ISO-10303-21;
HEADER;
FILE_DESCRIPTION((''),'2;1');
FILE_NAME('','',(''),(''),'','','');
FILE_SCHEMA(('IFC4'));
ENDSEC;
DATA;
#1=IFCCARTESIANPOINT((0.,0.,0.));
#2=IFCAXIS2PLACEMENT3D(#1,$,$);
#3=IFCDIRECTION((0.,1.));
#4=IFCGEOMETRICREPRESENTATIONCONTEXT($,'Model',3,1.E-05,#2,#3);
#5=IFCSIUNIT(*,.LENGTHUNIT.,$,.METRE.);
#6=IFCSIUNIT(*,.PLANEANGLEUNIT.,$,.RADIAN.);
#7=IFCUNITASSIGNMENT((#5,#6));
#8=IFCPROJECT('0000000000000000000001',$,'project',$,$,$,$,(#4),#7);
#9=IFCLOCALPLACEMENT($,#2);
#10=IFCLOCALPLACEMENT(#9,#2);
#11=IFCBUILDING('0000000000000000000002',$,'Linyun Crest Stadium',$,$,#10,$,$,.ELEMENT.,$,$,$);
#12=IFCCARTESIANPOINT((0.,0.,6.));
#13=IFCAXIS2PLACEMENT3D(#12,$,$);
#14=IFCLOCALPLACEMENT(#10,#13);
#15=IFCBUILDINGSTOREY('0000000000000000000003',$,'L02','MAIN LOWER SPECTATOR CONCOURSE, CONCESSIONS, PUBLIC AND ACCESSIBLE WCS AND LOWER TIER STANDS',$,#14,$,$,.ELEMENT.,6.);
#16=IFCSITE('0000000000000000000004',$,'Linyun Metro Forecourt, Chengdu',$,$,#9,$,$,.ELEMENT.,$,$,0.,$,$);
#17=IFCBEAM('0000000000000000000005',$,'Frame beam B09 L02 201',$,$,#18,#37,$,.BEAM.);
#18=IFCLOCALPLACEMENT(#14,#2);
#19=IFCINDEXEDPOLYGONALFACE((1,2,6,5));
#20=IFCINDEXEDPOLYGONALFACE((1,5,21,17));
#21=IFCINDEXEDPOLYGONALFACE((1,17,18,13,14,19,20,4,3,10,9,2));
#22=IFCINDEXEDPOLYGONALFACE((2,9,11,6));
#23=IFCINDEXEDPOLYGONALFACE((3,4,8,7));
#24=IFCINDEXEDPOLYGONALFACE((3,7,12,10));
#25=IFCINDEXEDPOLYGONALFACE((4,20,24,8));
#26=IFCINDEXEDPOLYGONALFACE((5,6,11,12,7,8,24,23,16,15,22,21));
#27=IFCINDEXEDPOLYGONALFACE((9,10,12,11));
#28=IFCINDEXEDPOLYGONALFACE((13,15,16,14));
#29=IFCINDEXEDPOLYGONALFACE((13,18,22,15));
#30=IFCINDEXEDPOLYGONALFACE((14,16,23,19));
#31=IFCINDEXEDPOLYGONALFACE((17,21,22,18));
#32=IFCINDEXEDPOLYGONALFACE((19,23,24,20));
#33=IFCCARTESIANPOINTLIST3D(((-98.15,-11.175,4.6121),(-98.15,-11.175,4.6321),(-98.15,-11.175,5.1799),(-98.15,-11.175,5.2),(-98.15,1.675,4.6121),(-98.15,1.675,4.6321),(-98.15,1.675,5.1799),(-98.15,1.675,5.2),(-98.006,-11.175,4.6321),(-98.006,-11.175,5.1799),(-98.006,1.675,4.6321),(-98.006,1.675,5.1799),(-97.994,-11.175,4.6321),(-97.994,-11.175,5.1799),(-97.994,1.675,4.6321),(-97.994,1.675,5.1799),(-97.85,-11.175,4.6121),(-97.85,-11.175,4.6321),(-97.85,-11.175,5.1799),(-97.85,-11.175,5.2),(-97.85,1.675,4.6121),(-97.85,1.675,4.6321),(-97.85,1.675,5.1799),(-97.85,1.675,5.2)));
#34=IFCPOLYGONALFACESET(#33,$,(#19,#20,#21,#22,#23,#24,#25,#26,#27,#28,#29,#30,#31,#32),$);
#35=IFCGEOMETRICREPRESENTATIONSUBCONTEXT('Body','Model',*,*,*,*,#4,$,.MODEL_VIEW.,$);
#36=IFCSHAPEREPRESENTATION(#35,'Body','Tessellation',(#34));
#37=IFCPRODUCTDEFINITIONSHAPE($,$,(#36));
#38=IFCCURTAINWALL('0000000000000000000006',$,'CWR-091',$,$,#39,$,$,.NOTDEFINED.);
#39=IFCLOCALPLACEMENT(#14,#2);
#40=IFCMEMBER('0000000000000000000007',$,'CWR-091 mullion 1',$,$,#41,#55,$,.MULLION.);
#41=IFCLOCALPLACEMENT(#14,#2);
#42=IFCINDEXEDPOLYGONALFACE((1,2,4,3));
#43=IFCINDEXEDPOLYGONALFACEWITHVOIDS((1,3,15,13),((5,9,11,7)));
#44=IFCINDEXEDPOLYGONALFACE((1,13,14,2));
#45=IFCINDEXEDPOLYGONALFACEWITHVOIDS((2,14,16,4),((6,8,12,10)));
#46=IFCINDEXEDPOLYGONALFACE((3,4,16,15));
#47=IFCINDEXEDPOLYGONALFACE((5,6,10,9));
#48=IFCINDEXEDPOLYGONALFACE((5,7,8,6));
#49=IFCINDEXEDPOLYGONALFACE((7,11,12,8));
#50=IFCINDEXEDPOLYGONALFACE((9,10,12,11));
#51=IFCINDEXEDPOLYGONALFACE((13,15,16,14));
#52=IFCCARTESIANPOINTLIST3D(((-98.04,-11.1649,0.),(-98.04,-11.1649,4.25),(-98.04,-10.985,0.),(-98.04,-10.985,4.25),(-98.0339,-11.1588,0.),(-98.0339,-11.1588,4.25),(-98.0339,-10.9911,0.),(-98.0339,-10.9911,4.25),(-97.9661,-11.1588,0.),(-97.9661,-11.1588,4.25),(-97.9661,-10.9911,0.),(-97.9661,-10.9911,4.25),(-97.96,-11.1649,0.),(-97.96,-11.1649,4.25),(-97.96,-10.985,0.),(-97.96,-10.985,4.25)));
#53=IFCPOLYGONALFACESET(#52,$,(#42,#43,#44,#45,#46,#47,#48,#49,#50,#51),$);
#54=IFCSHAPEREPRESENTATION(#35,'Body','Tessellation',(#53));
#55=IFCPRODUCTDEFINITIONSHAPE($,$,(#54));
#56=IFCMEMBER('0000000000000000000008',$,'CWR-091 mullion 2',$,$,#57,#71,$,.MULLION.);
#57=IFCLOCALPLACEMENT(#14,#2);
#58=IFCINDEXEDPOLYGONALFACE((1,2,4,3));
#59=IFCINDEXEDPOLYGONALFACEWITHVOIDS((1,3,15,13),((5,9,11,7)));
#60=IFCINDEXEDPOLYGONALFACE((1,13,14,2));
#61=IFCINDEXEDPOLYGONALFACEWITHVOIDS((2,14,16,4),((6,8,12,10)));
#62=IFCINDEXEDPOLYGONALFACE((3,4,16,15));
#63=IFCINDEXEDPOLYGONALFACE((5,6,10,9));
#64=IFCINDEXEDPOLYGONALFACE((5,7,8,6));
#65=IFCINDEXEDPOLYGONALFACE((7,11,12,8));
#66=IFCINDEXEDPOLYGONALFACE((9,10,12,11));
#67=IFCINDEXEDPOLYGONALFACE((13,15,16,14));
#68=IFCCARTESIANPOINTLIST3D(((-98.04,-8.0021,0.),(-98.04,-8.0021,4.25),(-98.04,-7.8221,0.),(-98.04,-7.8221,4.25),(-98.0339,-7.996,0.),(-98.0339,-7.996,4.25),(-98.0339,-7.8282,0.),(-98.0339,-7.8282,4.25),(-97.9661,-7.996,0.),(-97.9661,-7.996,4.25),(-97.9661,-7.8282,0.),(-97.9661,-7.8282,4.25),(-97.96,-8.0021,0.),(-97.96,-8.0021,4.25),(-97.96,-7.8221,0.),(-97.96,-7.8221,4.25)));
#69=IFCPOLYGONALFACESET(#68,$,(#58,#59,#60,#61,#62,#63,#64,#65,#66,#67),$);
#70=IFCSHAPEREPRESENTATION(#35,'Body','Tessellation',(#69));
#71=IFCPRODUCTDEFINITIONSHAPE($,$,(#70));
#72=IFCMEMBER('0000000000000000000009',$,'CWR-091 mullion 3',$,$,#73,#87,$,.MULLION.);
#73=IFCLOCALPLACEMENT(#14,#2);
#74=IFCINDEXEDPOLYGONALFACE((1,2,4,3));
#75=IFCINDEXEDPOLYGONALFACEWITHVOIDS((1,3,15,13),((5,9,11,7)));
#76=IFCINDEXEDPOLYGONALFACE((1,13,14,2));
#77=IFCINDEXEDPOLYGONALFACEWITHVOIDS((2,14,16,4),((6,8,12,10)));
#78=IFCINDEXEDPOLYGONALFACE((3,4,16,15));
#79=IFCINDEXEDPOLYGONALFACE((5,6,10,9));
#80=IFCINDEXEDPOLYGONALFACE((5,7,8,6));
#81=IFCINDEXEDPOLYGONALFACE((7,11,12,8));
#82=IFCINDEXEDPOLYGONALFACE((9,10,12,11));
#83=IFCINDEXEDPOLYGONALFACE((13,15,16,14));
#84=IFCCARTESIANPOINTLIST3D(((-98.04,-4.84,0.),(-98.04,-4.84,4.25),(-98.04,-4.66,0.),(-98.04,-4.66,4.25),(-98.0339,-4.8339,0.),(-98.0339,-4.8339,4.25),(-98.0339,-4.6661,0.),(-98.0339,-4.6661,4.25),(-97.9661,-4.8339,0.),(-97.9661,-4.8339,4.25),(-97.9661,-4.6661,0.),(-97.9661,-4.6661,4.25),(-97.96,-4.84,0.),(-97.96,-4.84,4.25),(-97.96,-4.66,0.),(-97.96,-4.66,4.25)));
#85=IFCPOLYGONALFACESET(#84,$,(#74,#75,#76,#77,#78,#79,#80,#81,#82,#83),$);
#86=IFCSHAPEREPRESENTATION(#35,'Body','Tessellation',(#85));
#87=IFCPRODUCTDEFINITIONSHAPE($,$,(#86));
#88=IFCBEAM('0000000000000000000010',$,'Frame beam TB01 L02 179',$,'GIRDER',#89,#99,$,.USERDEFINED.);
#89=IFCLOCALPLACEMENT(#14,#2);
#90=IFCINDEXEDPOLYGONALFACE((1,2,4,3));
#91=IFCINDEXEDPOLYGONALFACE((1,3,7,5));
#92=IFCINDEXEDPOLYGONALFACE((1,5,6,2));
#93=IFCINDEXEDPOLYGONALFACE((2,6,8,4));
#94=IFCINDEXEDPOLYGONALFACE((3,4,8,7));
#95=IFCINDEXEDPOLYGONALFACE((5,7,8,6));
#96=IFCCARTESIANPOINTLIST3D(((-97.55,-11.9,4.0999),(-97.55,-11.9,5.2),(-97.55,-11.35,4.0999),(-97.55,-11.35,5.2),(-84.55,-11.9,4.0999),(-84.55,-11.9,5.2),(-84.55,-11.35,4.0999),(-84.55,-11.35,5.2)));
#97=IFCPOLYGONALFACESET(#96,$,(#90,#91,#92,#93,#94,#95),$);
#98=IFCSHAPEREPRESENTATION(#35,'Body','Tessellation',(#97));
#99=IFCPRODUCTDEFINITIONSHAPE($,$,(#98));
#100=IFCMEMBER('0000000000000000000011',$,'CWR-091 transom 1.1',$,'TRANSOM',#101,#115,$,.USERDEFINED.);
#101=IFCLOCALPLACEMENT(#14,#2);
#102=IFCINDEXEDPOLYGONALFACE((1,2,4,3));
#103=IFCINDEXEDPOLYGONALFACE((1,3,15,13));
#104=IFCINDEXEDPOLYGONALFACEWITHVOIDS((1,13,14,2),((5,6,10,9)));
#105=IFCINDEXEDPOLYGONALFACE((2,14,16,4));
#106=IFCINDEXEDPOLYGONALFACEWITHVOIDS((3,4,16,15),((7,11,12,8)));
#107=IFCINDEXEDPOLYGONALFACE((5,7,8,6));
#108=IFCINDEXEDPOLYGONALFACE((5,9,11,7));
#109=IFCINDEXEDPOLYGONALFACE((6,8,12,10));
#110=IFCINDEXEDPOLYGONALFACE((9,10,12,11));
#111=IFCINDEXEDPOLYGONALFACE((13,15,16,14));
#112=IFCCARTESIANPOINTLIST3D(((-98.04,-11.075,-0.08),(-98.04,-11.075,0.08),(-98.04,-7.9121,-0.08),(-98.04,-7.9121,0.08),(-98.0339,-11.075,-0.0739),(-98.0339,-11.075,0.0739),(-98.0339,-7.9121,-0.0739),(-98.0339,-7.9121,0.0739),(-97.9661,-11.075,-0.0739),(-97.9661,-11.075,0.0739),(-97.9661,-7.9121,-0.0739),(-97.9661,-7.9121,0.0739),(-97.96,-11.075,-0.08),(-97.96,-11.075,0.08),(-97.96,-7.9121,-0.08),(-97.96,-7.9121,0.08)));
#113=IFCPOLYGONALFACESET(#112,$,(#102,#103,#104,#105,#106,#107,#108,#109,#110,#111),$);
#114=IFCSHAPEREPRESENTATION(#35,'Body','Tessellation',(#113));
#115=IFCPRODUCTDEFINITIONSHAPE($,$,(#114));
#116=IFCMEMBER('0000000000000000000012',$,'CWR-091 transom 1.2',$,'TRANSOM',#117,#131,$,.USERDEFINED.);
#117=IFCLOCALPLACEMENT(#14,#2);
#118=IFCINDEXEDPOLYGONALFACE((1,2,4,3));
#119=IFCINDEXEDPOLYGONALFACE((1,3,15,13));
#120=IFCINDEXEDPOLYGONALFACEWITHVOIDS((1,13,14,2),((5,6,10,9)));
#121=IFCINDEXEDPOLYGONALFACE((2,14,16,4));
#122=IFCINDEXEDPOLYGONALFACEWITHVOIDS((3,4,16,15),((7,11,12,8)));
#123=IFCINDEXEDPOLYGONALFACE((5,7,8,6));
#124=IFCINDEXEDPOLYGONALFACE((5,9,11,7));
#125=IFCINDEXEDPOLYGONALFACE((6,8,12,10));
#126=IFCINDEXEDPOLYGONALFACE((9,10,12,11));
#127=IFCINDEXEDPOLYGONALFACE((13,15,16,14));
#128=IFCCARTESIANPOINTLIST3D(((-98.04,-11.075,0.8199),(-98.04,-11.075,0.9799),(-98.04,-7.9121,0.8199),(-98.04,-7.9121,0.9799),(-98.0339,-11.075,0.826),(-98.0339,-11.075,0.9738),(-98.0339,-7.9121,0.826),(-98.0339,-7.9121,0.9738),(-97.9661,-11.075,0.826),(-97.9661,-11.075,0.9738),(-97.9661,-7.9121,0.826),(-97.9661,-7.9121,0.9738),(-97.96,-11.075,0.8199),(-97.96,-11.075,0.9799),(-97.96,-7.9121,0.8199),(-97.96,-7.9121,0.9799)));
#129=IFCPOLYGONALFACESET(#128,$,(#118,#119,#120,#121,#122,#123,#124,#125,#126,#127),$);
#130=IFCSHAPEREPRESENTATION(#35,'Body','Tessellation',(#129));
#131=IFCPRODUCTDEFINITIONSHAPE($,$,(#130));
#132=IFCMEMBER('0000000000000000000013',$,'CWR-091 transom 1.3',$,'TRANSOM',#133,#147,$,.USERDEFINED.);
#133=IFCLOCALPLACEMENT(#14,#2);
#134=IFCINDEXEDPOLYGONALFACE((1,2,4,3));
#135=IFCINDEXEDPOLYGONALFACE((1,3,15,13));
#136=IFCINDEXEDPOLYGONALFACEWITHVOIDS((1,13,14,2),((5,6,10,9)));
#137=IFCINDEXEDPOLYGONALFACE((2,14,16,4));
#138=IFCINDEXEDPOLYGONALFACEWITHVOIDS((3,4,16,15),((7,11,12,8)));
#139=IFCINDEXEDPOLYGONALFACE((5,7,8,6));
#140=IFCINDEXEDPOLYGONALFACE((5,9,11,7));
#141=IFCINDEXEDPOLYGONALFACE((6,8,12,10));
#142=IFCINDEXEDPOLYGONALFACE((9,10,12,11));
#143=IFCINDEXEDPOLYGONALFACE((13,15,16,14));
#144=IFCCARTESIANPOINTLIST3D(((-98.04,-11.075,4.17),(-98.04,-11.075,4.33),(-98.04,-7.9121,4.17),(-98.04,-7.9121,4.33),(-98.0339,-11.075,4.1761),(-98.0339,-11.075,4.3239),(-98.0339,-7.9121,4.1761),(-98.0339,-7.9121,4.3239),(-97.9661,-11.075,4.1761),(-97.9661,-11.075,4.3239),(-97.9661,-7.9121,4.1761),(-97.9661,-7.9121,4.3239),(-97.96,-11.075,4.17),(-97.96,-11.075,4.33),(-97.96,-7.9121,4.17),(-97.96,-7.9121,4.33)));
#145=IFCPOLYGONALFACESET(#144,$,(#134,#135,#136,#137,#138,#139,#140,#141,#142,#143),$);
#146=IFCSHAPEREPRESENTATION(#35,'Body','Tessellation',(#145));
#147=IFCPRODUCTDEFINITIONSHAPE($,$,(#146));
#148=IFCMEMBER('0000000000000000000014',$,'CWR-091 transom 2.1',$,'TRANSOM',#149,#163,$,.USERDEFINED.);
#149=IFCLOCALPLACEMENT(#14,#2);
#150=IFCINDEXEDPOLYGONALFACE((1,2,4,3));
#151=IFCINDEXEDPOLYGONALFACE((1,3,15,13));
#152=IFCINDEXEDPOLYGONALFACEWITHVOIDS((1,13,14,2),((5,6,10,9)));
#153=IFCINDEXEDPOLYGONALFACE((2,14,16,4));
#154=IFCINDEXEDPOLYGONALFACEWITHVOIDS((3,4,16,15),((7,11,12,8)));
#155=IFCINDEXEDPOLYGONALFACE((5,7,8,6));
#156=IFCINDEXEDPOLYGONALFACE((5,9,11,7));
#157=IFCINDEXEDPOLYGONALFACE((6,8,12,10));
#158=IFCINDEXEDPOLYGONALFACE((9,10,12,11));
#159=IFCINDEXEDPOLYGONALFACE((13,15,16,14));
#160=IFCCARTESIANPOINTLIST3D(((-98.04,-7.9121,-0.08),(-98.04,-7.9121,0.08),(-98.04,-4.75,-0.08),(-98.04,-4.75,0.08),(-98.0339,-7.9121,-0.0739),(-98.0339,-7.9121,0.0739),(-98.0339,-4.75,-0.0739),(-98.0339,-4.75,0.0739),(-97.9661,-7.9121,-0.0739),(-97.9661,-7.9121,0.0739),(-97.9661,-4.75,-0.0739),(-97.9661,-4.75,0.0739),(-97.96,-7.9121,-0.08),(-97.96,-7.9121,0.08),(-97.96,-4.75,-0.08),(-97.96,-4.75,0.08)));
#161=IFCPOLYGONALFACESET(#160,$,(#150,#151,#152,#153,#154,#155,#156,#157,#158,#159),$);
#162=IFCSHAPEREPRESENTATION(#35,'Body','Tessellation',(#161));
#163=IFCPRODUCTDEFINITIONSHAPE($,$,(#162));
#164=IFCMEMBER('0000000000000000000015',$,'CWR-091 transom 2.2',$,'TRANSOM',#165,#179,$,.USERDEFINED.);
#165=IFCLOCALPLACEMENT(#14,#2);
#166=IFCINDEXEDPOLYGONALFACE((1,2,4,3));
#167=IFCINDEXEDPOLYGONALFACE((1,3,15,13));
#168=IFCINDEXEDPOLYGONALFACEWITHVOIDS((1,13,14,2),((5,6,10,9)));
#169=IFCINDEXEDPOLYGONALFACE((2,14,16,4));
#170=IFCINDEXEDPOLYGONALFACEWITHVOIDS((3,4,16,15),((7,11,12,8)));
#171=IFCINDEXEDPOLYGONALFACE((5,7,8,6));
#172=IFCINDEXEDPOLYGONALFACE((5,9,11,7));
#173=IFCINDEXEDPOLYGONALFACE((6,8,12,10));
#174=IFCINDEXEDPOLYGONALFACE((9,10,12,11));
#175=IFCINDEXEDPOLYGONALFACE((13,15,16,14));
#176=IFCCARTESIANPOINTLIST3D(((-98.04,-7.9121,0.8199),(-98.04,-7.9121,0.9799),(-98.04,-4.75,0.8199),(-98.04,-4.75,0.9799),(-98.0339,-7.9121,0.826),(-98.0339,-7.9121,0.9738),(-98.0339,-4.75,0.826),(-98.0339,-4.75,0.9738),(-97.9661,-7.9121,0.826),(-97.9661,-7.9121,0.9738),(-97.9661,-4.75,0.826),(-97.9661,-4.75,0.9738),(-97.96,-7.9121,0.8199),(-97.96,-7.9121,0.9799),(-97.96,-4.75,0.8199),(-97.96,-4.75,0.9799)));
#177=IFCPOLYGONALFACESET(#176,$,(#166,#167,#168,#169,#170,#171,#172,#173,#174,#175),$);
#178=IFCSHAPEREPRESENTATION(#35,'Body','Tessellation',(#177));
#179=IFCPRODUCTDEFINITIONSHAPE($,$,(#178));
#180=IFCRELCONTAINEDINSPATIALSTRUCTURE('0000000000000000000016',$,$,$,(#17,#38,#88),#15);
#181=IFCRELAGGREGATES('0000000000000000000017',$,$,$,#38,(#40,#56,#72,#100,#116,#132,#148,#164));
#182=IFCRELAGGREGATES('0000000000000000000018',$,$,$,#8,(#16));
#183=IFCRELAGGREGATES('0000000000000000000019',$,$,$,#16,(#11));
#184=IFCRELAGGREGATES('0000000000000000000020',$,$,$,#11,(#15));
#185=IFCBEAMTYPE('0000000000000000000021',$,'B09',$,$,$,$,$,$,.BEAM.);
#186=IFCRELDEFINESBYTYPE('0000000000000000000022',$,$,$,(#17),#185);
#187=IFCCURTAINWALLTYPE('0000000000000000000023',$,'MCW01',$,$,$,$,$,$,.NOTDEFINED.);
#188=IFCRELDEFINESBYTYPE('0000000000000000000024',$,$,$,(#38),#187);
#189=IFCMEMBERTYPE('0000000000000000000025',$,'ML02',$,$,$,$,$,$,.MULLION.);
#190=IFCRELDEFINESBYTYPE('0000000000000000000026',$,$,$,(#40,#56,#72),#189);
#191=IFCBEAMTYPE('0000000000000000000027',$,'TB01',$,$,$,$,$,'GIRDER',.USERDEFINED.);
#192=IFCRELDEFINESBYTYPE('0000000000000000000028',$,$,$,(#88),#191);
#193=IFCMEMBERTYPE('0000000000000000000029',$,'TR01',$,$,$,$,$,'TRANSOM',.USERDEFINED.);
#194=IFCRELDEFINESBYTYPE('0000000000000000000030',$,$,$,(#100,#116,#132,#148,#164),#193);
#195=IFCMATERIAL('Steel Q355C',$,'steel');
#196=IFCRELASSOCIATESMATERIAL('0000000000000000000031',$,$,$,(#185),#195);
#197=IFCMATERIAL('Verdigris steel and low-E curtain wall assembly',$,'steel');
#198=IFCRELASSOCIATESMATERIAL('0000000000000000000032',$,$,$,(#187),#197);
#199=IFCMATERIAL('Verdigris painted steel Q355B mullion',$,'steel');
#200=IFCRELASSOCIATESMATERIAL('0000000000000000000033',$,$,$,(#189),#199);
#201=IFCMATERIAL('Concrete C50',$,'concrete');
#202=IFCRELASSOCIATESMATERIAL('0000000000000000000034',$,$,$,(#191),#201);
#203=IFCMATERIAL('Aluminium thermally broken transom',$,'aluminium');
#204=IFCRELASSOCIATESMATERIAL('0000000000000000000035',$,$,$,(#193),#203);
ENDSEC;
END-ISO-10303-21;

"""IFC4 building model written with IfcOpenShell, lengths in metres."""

from ifc_helpers import new_model, si_unit, direction, frame, origin, origin_2d, place, context, subcontext, project, spatial, rectangle, hollow_rectangle, i_section, extrude, material, material_profile, profile_set, type_object, element, aggregate, save


model = new_model("IFC4")

# Units and contexts
model_context = context("Model", 3, precision=1e-05, world=origin(), true_north=direction((0.0, 1.0)))
body_context = subcontext(model_context, "Body", "Model", "MODEL_VIEW")
ifc_project = project(units=[si_unit("LENGTHUNIT", "METRE"), si_unit("PLANEANGLEUNIT", "RADIAN")], contexts=[model_context])

# Site, building, storey
site_placement = place(None, origin())
site = spatial("IfcSite", under=ifc_project, at=site_placement, Name="Linyun Metro Forecourt, Chengdu", CompositionType="ELEMENT", RefElevation=0.0)
building_placement = place(site_placement, origin())
building = spatial("IfcBuilding", under=site, at=building_placement, Name="Linyun Crest Stadium", CompositionType="ELEMENT")
storey_placement = place(building_placement, frame((0.0, 0.0, 6.0)))
storey = spatial("IfcBuildingStorey", under=building, at=storey_placement, Name="L02", Description="MAIN LOWER SPECTATOR CONCOURSE, CONCESSIONS, PUBLIC AND ACCESSIBLE WCS AND LOWER TIER STANDS", CompositionType="ELEMENT", Elevation=6.0)

# Beam
ifc_material_1 = material(Name="Steel Q355C", Category="steel")
ifc_material_profile_1 = material_profile(ifc_material_1, i_section(OverallWidth=0.3, OverallDepth=0.5879, WebThickness=0.012, FlangeThickness=0.02, at=origin_2d()), Name="HM 588x300")
ifc_profile_set_1 = profile_set([ifc_material_profile_1], Name="Steel Q355C")
beam_type_1 = type_object("IfcBeamType", Name="B09", PredefinedType="BEAM", material=ifc_profile_set_1)
beam_1_placement = place(storey_placement, frame((-98.0, -11.175, 4.906), z_axis=(0.0, 1.0, 0.0), x_axis=(-1.0, 0.0, 0.0)))
element("IfcBeam", 1, at=beam_1_placement, inside=storey, type_object=beam_type_1, Name="Frame beam B09 L02 201", PredefinedType="BEAM", context=body_context, shape_type="SweptSolid", body=[
    extrude(i_section(OverallWidth=0.3, OverallDepth=0.5879, WebThickness=0.012, FlangeThickness=0.02, at=origin_2d()), origin(), (0.0, 0.0, 1.0), 12.8501),
])

# Curtain wall, members
ifc_material_2 = material(Name="Verdigris steel and low-E curtain wall assembly", Category="steel")
curtain_wall_type = type_object("IfcCurtainWallType", Name="MCW01", PredefinedType="NOTDEFINED", material=ifc_material_2)
curtain_wall_placement = place(storey_placement, origin())
curtain_wall = element("IfcCurtainWall", 2, at=curtain_wall_placement, inside=storey, type_object=curtain_wall_type, Name="CWR-091", PredefinedType="NOTDEFINED")
ifc_material_3 = material(Name="Verdigris painted steel Q355B mullion", Category="steel")
ifc_material_profile_2 = material_profile(ifc_material_3, hollow_rectangle(XDim=0.0801, YDim=0.1799, WallThickness=0.0061, at=origin_2d()), Name="RHS 180x80x6")
ifc_profile_set_2 = profile_set([ifc_material_profile_2], Name="Verdigris painted steel Q355B mullion")
member_type_1 = type_object("IfcMemberType", Name="ML02", PredefinedType="MULLION", material=ifc_profile_set_2)
member_1_placement = place(storey_placement, frame((-98.0, -11.075, 0.0), z_axis=(0.0, 0.0, 1.0), x_axis=(-1.0, 0.0, 0.0)))
member_1 = element("IfcMember", 3, at=member_1_placement, type_object=member_type_1, Name="CWR-091 mullion 1", PredefinedType="MULLION", context=body_context, shape_type="SweptSolid", body=[
    extrude(hollow_rectangle(XDim=0.0801, YDim=0.1799, WallThickness=0.0061, at=origin_2d()), origin(), (0.0, 0.0, 1.0), 4.25),
])
member_2_placement = place(storey_placement, frame((-98.0, -7.9121, 0.0), z_axis=(0.0, 0.0, 1.0), x_axis=(-1.0, 0.0, 0.0)))
member_2 = element("IfcMember", 4, at=member_2_placement, type_object=member_type_1, Name="CWR-091 mullion 2", PredefinedType="MULLION", context=body_context, shape_type="SweptSolid", body=[
    extrude(hollow_rectangle(XDim=0.0801, YDim=0.1799, WallThickness=0.0061, at=origin_2d()), origin(), (0.0, 0.0, 1.0), 4.25),
])
member_3_placement = place(storey_placement, frame((-98.0, -4.75, 0.0), z_axis=(0.0, 0.0, 1.0), x_axis=(-1.0, 0.0, 0.0)))
member_3 = element("IfcMember", 5, at=member_3_placement, type_object=member_type_1, Name="CWR-091 mullion 3", PredefinedType="MULLION", context=body_context, shape_type="SweptSolid", body=[
    extrude(hollow_rectangle(XDim=0.0801, YDim=0.1799, WallThickness=0.0061, at=origin_2d()), origin(), (0.0, 0.0, 1.0), 4.25),
])

# Beam
ifc_material_4 = material(Name="Concrete C50", Category="concrete")
ifc_material_profile_3 = material_profile(ifc_material_4, rectangle(XDim=0.55, YDim=1.1001, at=origin_2d()), Name="RCB 1100x550")
ifc_profile_set_3 = profile_set([ifc_material_profile_3], Name="Concrete C50")
beam_type_2 = type_object("IfcBeamType", Name="TB01", ElementType="GIRDER", PredefinedType="USERDEFINED", material=ifc_profile_set_3)
beam_2_placement = place(storey_placement, frame((-97.55, -11.625, 4.6499), z_axis=(1.0, 0.0, 0.0), x_axis=(0.0, 1.0, 0.0)))
element("IfcBeam", 6, at=beam_2_placement, inside=storey, type_object=beam_type_2, Name="Frame beam TB01 L02 179", ObjectType="GIRDER", PredefinedType="USERDEFINED", context=body_context, shape_type="SweptSolid", body=[
    extrude(rectangle(XDim=0.55, YDim=1.1001, at=origin_2d()), origin(), (0.0, 0.0, 1.0), 13.0),
])

# Members
ifc_material_5 = material(Name="Aluminium thermally broken transom", Category="aluminium")
ifc_material_profile_4 = material_profile(ifc_material_5, hollow_rectangle(XDim=0.0801, YDim=0.1599, WallThickness=0.0061, at=origin_2d()), Name="RHS 160x80x6")
ifc_profile_set_4 = profile_set([ifc_material_profile_4], Name="Aluminium thermally broken transom")
member_type_2 = type_object("IfcMemberType", Name="TR01", ElementType="TRANSOM", PredefinedType="USERDEFINED", material=ifc_profile_set_4)
member_4_placement = place(storey_placement, frame((-98.0, -11.075, 0.0), z_axis=(0.0, 1.0, 0.0), x_axis=(-1.0, 0.0, 0.0)))
member_4 = element("IfcMember", 7, at=member_4_placement, type_object=member_type_2, Name="CWR-091 transom 1.1", ObjectType="TRANSOM", PredefinedType="USERDEFINED", context=body_context, shape_type="SweptSolid", body=[
    extrude(hollow_rectangle(XDim=0.0801, YDim=0.1599, WallThickness=0.0061, at=origin_2d()), origin(), (0.0, 0.0, 1.0), 3.1628),
])
member_5_placement = place(storey_placement, frame((-98.0, -11.075, 0.8999), z_axis=(0.0, 1.0, 0.0), x_axis=(-1.0, 0.0, 0.0)))
member_5 = element("IfcMember", 8, at=member_5_placement, type_object=member_type_2, Name="CWR-091 transom 1.2", ObjectType="TRANSOM", PredefinedType="USERDEFINED", context=body_context, shape_type="SweptSolid", body=[
    extrude(hollow_rectangle(XDim=0.0801, YDim=0.1599, WallThickness=0.0061, at=origin_2d()), origin(), (0.0, 0.0, 1.0), 3.1628),
])
member_6_placement = place(storey_placement, frame((-98.0, -11.075, 4.25), z_axis=(0.0, 1.0, 0.0), x_axis=(-1.0, 0.0, 0.0)))
member_6 = element("IfcMember", 9, at=member_6_placement, type_object=member_type_2, Name="CWR-091 transom 1.3", ObjectType="TRANSOM", PredefinedType="USERDEFINED", context=body_context, shape_type="SweptSolid", body=[
    extrude(hollow_rectangle(XDim=0.0801, YDim=0.1599, WallThickness=0.0061, at=origin_2d()), origin(), (0.0, 0.0, 1.0), 3.1628),
])
member_7_placement = place(storey_placement, frame((-98.0, -7.9121, 0.0), z_axis=(0.0, 1.0, 0.0), x_axis=(-1.0, 0.0, 0.0)))
member_7 = element("IfcMember", 10, at=member_7_placement, type_object=member_type_2, Name="CWR-091 transom 2.1", ObjectType="TRANSOM", PredefinedType="USERDEFINED", context=body_context, shape_type="SweptSolid", body=[
    extrude(hollow_rectangle(XDim=0.0801, YDim=0.1599, WallThickness=0.0061, at=origin_2d()), origin(), (0.0, 0.0, 1.0), 3.1621),
])
member_8_placement = place(storey_placement, frame((-98.0, -7.9121, 0.8999), z_axis=(0.0, 1.0, 0.0), x_axis=(-1.0, 0.0, 0.0)))
member_8 = element("IfcMember", 11, at=member_8_placement, type_object=member_type_2, Name="CWR-091 transom 2.2", ObjectType="TRANSOM", PredefinedType="USERDEFINED", context=body_context, shape_type="SweptSolid", body=[
    extrude(hollow_rectangle(XDim=0.0801, YDim=0.1599, WallThickness=0.0061, at=origin_2d()), origin(), (0.0, 0.0, 1.0), 3.1621),
])

aggregate(curtain_wall, [member_1, member_2, member_3, member_4, member_5, member_6, member_7, member_8])

save(model, "model.ifc")
